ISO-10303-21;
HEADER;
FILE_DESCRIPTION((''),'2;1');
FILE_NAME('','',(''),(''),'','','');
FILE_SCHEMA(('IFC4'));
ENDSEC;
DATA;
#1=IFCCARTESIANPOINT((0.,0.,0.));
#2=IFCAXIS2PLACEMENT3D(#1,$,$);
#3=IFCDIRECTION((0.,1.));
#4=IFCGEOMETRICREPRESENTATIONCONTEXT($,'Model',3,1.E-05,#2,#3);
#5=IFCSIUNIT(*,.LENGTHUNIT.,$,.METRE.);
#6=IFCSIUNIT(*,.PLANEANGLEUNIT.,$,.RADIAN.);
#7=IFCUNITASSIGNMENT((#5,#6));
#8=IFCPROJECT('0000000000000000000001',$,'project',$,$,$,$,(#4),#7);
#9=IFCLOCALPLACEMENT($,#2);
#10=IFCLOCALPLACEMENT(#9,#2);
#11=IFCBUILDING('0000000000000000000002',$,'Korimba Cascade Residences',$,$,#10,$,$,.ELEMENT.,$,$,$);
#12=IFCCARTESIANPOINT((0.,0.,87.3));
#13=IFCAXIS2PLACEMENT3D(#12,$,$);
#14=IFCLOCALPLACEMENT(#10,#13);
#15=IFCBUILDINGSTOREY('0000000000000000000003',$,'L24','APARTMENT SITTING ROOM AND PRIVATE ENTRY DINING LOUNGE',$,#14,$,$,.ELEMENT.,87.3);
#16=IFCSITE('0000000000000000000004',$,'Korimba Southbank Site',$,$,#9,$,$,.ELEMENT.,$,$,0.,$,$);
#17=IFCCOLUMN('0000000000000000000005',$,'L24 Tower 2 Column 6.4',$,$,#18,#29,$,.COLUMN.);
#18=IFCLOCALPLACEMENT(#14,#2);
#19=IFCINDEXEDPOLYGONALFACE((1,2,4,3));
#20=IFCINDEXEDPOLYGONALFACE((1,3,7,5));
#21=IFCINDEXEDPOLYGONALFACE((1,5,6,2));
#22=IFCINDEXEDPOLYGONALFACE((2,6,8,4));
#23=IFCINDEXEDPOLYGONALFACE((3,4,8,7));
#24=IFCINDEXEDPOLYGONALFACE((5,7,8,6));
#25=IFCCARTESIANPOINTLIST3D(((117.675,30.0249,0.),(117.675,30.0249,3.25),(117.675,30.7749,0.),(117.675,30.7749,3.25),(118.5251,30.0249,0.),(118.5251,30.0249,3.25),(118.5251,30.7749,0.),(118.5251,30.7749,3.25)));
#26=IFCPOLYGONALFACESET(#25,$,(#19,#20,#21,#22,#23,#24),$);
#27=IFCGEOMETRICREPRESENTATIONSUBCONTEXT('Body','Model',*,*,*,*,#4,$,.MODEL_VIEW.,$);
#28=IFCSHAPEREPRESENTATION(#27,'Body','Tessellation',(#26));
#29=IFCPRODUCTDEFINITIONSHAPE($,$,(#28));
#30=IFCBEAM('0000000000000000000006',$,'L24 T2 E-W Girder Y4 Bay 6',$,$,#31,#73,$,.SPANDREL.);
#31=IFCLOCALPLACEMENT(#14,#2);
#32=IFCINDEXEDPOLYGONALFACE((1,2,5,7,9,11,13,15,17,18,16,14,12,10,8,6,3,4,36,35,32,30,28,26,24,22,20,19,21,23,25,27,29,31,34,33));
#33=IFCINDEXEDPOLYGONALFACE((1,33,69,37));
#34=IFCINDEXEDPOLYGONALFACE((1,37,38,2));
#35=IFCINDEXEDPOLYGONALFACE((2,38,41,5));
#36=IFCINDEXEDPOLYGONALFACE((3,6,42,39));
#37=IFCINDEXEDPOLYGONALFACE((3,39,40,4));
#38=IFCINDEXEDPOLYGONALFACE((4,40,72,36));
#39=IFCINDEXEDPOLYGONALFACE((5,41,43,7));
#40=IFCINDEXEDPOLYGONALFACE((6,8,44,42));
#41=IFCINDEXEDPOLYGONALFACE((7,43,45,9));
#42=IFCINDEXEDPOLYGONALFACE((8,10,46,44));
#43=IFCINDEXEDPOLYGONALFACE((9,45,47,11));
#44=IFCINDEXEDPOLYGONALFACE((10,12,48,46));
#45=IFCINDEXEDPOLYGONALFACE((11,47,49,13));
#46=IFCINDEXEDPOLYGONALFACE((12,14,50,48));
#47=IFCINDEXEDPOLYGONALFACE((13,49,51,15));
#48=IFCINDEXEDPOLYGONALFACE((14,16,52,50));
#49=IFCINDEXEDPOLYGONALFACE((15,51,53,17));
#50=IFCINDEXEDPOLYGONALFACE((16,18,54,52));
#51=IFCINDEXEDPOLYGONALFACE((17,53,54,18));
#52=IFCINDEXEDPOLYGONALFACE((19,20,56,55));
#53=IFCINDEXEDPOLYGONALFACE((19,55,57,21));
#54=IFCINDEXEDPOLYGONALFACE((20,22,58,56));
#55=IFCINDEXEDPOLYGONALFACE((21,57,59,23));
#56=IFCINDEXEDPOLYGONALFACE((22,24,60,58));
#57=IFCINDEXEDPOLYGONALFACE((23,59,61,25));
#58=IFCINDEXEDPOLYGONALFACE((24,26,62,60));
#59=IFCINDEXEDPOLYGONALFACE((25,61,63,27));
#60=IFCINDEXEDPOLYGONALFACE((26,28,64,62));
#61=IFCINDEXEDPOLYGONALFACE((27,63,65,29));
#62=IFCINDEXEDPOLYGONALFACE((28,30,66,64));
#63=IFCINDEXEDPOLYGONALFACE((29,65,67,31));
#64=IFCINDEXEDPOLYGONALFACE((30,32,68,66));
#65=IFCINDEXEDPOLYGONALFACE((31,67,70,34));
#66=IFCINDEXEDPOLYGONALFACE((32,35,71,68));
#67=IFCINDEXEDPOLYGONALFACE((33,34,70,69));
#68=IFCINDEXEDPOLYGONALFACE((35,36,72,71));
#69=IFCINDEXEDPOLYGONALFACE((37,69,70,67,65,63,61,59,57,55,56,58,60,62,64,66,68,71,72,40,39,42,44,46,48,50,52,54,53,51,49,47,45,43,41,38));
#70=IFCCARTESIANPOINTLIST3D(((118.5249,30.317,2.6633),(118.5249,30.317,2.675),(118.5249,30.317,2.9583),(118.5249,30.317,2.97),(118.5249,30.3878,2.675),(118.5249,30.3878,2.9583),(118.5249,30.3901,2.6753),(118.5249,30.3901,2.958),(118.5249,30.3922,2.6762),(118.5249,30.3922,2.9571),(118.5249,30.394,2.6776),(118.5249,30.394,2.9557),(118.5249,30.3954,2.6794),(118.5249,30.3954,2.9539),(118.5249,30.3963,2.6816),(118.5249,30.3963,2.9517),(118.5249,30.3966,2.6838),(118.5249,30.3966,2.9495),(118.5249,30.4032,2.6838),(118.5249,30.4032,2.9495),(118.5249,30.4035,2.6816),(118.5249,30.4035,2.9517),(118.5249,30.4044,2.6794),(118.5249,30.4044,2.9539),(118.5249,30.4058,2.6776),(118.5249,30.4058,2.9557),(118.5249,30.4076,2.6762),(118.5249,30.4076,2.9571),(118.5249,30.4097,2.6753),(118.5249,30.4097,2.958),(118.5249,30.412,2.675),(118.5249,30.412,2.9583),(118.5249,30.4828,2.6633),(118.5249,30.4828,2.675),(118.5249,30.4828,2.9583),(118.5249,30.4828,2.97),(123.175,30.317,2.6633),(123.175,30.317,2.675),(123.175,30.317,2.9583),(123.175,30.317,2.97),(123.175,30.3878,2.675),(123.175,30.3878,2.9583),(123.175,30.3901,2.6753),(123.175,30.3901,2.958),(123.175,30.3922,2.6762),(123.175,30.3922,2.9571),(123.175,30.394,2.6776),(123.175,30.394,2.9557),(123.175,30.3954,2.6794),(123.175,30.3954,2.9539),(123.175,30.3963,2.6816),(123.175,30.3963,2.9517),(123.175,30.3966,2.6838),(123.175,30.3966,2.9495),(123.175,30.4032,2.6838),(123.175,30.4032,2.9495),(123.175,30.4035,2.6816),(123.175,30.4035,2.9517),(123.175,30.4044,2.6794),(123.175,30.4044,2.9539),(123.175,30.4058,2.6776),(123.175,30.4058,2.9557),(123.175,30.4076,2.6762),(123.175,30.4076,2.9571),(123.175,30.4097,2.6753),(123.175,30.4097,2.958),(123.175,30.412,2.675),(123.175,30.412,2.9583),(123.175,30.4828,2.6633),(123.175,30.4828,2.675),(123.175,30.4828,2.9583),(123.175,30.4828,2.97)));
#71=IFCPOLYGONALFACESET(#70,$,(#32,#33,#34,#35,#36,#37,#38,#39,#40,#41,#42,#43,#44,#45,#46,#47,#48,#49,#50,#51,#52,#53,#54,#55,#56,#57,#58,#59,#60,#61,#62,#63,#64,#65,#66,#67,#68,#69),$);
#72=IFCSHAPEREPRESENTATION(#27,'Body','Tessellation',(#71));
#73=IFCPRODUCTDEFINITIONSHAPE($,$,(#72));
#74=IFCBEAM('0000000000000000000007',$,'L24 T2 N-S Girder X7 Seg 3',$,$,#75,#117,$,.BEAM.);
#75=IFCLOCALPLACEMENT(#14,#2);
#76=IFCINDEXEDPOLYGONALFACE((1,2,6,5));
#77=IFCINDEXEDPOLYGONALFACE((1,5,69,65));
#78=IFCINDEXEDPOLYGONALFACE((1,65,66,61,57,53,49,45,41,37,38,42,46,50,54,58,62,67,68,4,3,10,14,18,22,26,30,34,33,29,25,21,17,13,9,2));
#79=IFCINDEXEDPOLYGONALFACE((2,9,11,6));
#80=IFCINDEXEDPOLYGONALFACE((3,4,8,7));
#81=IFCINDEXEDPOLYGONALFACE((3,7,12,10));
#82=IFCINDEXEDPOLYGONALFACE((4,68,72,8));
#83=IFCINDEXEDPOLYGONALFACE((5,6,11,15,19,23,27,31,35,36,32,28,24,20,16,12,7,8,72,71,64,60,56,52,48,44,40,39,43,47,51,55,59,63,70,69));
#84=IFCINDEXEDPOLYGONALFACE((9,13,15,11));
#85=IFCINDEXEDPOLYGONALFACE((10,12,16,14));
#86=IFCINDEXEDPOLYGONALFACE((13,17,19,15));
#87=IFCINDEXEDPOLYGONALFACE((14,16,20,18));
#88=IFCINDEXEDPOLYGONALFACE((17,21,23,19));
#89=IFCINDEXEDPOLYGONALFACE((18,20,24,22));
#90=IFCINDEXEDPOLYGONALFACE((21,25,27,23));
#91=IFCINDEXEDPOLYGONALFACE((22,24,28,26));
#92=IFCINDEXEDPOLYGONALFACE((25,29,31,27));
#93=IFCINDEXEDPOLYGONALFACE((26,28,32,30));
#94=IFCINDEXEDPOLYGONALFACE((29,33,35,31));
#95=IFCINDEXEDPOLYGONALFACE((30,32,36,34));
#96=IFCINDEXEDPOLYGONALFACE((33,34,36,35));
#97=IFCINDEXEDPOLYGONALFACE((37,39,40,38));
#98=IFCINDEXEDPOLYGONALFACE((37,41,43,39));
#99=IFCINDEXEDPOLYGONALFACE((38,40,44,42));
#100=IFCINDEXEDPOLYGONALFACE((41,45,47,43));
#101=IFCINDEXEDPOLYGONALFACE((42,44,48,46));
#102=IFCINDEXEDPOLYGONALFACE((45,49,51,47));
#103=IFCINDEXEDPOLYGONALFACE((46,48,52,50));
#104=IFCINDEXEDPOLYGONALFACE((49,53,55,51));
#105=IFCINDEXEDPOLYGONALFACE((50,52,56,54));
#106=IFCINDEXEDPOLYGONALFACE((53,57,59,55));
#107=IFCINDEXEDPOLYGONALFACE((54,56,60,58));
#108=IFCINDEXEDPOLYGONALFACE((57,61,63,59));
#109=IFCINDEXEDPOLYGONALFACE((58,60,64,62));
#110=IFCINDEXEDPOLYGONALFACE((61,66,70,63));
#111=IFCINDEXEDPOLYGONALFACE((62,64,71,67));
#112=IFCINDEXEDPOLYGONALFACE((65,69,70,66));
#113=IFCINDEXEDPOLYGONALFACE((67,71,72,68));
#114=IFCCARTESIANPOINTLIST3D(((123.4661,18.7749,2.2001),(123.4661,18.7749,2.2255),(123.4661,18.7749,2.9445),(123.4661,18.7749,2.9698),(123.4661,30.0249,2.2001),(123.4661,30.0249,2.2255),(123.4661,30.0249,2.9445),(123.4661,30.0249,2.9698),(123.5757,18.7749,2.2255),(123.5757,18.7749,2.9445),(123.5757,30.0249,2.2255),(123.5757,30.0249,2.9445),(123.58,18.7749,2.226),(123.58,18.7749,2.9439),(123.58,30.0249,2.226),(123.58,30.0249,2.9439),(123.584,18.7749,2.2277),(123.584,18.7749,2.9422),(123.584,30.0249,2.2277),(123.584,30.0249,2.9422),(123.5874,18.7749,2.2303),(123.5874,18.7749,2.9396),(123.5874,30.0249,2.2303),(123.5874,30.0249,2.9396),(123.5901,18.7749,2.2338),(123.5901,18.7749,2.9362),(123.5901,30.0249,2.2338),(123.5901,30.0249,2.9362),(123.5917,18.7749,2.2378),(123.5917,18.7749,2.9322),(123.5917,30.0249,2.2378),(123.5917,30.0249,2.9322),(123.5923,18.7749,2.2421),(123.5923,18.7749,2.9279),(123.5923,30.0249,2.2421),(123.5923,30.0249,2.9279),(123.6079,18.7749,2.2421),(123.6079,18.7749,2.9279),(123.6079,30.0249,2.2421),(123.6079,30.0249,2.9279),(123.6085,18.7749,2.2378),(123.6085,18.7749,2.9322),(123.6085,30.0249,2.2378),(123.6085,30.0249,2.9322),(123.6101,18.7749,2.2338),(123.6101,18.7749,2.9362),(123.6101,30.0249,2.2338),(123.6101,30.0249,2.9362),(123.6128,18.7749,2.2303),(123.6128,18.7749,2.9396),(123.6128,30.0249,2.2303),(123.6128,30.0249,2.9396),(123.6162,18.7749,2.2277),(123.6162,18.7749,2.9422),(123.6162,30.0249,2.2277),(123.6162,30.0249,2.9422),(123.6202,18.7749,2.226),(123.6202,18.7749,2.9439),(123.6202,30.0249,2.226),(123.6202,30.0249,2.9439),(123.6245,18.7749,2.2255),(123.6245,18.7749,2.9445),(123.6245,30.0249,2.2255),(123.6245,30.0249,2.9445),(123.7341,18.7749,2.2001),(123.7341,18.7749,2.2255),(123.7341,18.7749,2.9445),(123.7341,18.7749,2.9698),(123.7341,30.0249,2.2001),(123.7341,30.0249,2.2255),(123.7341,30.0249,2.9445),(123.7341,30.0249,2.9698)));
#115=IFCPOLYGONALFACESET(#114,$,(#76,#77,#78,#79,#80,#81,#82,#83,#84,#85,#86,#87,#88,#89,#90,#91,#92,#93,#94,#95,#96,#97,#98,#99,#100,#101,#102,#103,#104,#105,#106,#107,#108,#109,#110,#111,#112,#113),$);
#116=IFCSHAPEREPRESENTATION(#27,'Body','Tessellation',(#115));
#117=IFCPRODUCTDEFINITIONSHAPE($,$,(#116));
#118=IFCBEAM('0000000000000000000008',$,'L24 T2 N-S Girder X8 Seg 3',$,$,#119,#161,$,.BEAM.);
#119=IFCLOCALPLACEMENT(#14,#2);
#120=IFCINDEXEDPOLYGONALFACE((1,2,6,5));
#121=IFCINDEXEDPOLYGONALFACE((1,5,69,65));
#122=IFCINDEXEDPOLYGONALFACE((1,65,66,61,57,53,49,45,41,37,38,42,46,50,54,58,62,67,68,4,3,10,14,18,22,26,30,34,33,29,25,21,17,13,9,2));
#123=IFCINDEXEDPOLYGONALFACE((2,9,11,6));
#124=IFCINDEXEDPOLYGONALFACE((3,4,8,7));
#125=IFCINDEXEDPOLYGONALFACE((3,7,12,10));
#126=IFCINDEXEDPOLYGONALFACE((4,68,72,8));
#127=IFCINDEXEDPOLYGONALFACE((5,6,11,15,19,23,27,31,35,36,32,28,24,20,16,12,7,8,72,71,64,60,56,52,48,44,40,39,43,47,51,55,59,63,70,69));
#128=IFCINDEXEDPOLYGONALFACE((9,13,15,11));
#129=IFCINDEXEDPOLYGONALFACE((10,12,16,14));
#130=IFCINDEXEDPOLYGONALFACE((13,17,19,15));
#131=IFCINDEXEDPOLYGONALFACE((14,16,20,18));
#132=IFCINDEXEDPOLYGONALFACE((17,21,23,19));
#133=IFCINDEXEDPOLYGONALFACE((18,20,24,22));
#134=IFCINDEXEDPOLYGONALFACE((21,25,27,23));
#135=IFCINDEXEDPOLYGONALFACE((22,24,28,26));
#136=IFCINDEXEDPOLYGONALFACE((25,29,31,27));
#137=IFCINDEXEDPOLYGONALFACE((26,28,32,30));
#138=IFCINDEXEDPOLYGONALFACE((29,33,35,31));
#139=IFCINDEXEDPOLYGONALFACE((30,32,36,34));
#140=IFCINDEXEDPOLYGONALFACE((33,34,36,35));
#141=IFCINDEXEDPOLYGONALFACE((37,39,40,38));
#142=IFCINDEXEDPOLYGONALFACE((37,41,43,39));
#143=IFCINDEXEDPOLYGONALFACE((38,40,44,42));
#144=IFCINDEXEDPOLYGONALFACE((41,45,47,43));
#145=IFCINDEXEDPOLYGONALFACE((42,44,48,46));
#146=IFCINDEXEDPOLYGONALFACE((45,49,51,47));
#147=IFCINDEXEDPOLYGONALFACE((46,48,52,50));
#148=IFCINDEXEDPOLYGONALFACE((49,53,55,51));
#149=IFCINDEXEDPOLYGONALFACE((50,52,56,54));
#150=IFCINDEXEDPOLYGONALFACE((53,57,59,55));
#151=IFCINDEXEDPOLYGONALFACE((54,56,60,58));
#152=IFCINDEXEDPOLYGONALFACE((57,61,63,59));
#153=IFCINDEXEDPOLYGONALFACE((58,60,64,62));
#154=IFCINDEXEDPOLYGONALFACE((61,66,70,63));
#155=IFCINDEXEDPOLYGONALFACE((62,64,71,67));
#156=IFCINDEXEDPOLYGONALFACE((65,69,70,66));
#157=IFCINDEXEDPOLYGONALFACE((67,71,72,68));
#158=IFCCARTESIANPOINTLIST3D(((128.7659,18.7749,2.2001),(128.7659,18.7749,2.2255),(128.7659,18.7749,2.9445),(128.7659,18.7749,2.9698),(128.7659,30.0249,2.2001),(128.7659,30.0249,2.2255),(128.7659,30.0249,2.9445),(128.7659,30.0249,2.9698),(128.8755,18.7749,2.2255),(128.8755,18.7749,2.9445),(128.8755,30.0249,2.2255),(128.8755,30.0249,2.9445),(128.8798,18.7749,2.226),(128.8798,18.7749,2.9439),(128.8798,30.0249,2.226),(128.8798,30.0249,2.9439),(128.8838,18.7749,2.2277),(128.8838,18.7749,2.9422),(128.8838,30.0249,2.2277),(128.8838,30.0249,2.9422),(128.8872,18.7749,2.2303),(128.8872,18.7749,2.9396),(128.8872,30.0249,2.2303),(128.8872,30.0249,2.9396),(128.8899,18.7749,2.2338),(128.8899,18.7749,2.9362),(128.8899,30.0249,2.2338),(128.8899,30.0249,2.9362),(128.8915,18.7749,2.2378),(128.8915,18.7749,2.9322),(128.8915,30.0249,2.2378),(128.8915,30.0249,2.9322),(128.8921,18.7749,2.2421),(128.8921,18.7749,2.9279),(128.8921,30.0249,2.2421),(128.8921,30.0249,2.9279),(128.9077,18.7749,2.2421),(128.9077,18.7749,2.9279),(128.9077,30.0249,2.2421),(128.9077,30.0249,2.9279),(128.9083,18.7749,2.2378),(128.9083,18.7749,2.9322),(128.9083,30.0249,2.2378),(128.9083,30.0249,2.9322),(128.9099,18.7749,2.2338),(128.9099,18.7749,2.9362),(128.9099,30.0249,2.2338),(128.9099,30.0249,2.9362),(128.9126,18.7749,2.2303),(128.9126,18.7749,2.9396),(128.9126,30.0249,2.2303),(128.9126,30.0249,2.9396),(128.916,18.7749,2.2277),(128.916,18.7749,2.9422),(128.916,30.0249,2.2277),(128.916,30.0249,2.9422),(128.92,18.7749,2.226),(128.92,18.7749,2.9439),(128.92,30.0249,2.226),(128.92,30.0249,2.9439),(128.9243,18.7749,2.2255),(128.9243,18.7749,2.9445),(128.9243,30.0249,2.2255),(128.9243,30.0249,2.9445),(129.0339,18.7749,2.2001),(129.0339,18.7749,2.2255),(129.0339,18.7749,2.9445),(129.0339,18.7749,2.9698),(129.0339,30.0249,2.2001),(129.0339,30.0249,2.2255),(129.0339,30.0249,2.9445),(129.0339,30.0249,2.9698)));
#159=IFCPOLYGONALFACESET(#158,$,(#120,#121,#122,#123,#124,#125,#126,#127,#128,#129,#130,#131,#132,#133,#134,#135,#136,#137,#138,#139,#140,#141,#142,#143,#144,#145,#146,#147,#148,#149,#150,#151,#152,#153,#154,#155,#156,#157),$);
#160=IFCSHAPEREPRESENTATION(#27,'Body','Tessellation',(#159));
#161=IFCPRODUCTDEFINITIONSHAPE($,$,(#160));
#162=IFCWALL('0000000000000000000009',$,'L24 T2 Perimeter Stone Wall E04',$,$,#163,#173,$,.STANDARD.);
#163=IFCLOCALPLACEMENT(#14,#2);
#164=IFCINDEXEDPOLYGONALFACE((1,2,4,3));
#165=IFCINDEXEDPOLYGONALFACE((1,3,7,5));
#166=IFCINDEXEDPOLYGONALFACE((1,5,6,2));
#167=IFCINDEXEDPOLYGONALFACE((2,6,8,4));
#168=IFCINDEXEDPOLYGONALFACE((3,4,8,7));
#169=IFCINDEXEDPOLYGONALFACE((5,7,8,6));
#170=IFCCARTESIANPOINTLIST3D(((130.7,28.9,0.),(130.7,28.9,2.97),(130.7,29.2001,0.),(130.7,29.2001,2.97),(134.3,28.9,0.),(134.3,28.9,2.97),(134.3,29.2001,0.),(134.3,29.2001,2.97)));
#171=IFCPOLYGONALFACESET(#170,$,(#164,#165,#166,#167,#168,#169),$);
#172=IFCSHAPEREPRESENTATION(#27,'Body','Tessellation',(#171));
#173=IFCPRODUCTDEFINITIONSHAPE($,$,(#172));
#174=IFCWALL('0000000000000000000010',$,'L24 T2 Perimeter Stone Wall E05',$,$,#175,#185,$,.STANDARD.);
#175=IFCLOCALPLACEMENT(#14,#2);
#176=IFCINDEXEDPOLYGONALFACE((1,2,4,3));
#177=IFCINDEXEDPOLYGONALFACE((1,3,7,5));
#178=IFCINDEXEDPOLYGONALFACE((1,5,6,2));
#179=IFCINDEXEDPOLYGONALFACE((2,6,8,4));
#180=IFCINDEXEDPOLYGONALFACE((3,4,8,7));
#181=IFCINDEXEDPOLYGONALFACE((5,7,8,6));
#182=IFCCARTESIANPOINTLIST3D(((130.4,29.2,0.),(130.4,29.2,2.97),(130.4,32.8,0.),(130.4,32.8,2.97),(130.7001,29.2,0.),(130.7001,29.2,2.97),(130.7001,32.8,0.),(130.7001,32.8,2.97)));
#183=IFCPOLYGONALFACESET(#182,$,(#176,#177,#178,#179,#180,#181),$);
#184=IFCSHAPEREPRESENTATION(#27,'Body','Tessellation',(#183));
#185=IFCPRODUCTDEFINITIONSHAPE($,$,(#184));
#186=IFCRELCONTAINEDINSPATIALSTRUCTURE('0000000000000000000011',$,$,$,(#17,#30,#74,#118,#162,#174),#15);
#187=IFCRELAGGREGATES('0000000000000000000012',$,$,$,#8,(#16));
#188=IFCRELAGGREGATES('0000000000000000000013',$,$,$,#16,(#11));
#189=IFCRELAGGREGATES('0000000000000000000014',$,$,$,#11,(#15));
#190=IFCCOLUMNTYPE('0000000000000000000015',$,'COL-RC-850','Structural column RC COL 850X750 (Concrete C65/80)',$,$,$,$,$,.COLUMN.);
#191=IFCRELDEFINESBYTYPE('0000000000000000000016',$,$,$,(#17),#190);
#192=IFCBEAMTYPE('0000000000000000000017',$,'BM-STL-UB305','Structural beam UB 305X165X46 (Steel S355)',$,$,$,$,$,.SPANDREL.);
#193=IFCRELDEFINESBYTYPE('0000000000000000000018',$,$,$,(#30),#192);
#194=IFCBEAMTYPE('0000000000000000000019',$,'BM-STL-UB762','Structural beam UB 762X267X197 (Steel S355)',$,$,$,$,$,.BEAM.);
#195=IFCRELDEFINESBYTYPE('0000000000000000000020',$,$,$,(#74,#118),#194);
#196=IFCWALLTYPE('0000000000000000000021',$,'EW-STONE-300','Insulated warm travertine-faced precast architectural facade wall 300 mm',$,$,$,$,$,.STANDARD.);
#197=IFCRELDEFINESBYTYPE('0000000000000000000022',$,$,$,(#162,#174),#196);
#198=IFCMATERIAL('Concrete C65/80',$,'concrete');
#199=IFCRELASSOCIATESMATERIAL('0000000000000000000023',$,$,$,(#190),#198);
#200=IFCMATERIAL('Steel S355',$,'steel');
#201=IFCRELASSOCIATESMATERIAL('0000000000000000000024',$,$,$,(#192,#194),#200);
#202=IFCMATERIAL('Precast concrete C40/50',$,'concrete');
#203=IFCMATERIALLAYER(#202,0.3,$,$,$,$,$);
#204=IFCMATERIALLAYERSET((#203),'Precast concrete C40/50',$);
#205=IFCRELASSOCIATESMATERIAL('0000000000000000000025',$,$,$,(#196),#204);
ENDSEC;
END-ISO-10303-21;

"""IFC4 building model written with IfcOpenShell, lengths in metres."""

from ifc_helpers import new_model, si_unit, direction, frame, frame_2d, origin, origin_2d, place, context, subcontext, project, spatial, rectangle, i_section, extrude, material, layer, layer_set, material_profile, profile_set, type_object, element, save


model = new_model("IFC4")

# Units and contexts
model_context = context("Model", 3, precision=1e-05, world=origin(), true_north=direction((0.0, 1.0)))
body_context = subcontext(model_context, "Body", "Model", "MODEL_VIEW")
ifc_project = project(units=[si_unit("LENGTHUNIT", "METRE"), si_unit("PLANEANGLEUNIT", "RADIAN")], contexts=[model_context])

# Site, building, storey
site_placement = place(None, origin())
site = spatial("IfcSite", under=ifc_project, at=site_placement, Name="Korimba Southbank Site", CompositionType="ELEMENT", RefElevation=0.0)
building_placement = place(site_placement, origin())
building = spatial("IfcBuilding", under=site, at=building_placement, Name="Korimba Cascade Residences", CompositionType="ELEMENT")
storey_placement = place(building_placement, frame((0.0, 0.0, 87.3)))
storey = spatial("IfcBuildingStorey", under=building, at=storey_placement, Name="L24", Description="APARTMENT SITTING ROOM AND PRIVATE ENTRY DINING LOUNGE", CompositionType="ELEMENT", Elevation=87.3)

# Column
ifc_material_1 = material(Name="Concrete C65/80", Category="concrete")
ifc_material_profile_1 = material_profile(ifc_material_1, rectangle(XDim=0.8501, YDim=0.75, at=origin_2d()), Name="Concrete C65/80")
ifc_profile_set_1 = profile_set([ifc_material_profile_1], Name="Concrete C65/80")
column_type = type_object("IfcColumnType", Name="COL-RC-850", Description="Structural column RC COL 850X750 (Concrete C65/80)", PredefinedType="COLUMN", material=ifc_profile_set_1)
column_placement = place(storey_placement, frame((118.1001, 30.3999, 0.0), z_axis=(0.0, 0.0, 1.0), x_axis=(1.0, 0.0, 0.0)))
element("IfcColumn", 1, at=column_placement, inside=storey, type_object=column_type, Name="L24 Tower 2 Column 6.4", PredefinedType="COLUMN", context=body_context, shape_type="SweptSolid", body=[
    extrude(rectangle(XDim=0.8501, YDim=0.75, at=origin_2d()), origin(), (0.0, 0.0, 1.0), 3.25),
])

# Beams
ifc_material_2 = material(Name="Steel S355", Category="steel")
ifc_material_profile_2 = material_profile(ifc_material_2, i_section(OverallWidth=0.1658, OverallDepth=0.3066, WebThickness=0.0066, FlangeThickness=0.0117, FilletRadius=0.0088, at=origin_2d()), Name="Steel S355")
ifc_profile_set_2 = profile_set([ifc_material_profile_2], Name="Steel S355")
beam_type_1 = type_object("IfcBeamType", Name="BM-STL-UB305", Description="Structural beam UB 305X165X46 (Steel S355)", PredefinedType="SPANDREL", material=ifc_profile_set_2)
beam_placement = place(storey_placement, frame((118.5249, 30.3999, 2.8167), z_axis=(1.0, 0.0, 0.0), x_axis=(0.0, 1.0, 0.0)))
element("IfcBeam", 2, at=beam_placement, inside=storey, type_object=beam_type_1, Name="L24 T2 E-W Girder Y4 Bay 6", PredefinedType="SPANDREL", context=body_context, shape_type="SweptSolid", body=[
    extrude(i_section(OverallWidth=0.1658, OverallDepth=0.3066, WebThickness=0.0066, FlangeThickness=0.0117, FilletRadius=0.0088, at=origin_2d()), origin(), (0.0, 0.0, 1.0), 4.6501),
])
ifc_material_profile_3 = material_profile(ifc_material_2, i_section(OverallWidth=0.2681, OverallDepth=0.7698, WebThickness=0.0156, FlangeThickness=0.0254, FilletRadius=0.0166, at=origin_2d()), Name="Steel S355")
ifc_profile_set_3 = profile_set([ifc_material_profile_3], Name="Steel S355")
beam_type_2 = type_object("IfcBeamType", Name="BM-STL-UB762", Description="Structural beam UB 762X267X197 (Steel S355)", PredefinedType="BEAM", material=ifc_profile_set_3)
for number, where, z_axis, x_axis, name in (
    (3, (123.6001, 18.7749, 2.585), (0.0, 1.0, 0.0), (-1.0, 0.0, 0.0), "L24 T2 N-S Girder X7 Seg 3"),
    (4, (128.8999, 18.7749, 2.585), (0.0, 1.0, 0.0), (-1.0, 0.0, 0.0), "L24 T2 N-S Girder X8 Seg 3"),
):
    element("IfcBeam", number, at=place(storey_placement, frame(where, z_axis=z_axis, x_axis=x_axis)), inside=storey, type_object=beam_type_2, Name=name, PredefinedType="BEAM", context=body_context, shape_type="SweptSolid", body=[
        extrude(i_section(OverallWidth=0.2681, OverallDepth=0.7698, WebThickness=0.0156, FlangeThickness=0.0254, FilletRadius=0.0166, at=origin_2d()), origin(), (0.0, 0.0, 1.0), 11.25),
    ])

# Walls
ifc_material_3 = material(Name="Precast concrete C40/50", Category="concrete")
ifc_layer_1 = layer(ifc_material_3, 0.3)
ifc_layer_set_1 = layer_set([ifc_layer_1], Name="Precast concrete C40/50")
wall_type_1 = type_object("IfcWallType", Name="EW-STONE-300", Description="Insulated warm travertine-faced precast architectural facade wall 300 mm", PredefinedType="STANDARD", material=ifc_layer_set_1)
for number, where, z_axis, x_axis, name in (
    (5, (134.3, 29.05, 0.0), (0.0, 0.0, 1.0), (-1.0, 0.0, 0.0), "L24 T2 Perimeter Stone Wall E04"),
    (6, (130.55, 29.2, 0.0), (0.0, 0.0, 1.0), (0.0, 1.0, 0.0), "L24 T2 Perimeter Stone Wall E05"),
):
    element("IfcWall", number, at=place(storey_placement, frame(where, z_axis=z_axis, x_axis=x_axis)), inside=storey, type_object=wall_type_1, Name=name, PredefinedType="STANDARD", context=body_context, shape_type="SweptSolid", body=[
        extrude(rectangle(XDim=3.6001, YDim=0.3, at=frame_2d((1.8, 0.0))), origin(), (0.0, 0.0, 1.0), 2.97),
    ])

save(model, "model.ifc")
